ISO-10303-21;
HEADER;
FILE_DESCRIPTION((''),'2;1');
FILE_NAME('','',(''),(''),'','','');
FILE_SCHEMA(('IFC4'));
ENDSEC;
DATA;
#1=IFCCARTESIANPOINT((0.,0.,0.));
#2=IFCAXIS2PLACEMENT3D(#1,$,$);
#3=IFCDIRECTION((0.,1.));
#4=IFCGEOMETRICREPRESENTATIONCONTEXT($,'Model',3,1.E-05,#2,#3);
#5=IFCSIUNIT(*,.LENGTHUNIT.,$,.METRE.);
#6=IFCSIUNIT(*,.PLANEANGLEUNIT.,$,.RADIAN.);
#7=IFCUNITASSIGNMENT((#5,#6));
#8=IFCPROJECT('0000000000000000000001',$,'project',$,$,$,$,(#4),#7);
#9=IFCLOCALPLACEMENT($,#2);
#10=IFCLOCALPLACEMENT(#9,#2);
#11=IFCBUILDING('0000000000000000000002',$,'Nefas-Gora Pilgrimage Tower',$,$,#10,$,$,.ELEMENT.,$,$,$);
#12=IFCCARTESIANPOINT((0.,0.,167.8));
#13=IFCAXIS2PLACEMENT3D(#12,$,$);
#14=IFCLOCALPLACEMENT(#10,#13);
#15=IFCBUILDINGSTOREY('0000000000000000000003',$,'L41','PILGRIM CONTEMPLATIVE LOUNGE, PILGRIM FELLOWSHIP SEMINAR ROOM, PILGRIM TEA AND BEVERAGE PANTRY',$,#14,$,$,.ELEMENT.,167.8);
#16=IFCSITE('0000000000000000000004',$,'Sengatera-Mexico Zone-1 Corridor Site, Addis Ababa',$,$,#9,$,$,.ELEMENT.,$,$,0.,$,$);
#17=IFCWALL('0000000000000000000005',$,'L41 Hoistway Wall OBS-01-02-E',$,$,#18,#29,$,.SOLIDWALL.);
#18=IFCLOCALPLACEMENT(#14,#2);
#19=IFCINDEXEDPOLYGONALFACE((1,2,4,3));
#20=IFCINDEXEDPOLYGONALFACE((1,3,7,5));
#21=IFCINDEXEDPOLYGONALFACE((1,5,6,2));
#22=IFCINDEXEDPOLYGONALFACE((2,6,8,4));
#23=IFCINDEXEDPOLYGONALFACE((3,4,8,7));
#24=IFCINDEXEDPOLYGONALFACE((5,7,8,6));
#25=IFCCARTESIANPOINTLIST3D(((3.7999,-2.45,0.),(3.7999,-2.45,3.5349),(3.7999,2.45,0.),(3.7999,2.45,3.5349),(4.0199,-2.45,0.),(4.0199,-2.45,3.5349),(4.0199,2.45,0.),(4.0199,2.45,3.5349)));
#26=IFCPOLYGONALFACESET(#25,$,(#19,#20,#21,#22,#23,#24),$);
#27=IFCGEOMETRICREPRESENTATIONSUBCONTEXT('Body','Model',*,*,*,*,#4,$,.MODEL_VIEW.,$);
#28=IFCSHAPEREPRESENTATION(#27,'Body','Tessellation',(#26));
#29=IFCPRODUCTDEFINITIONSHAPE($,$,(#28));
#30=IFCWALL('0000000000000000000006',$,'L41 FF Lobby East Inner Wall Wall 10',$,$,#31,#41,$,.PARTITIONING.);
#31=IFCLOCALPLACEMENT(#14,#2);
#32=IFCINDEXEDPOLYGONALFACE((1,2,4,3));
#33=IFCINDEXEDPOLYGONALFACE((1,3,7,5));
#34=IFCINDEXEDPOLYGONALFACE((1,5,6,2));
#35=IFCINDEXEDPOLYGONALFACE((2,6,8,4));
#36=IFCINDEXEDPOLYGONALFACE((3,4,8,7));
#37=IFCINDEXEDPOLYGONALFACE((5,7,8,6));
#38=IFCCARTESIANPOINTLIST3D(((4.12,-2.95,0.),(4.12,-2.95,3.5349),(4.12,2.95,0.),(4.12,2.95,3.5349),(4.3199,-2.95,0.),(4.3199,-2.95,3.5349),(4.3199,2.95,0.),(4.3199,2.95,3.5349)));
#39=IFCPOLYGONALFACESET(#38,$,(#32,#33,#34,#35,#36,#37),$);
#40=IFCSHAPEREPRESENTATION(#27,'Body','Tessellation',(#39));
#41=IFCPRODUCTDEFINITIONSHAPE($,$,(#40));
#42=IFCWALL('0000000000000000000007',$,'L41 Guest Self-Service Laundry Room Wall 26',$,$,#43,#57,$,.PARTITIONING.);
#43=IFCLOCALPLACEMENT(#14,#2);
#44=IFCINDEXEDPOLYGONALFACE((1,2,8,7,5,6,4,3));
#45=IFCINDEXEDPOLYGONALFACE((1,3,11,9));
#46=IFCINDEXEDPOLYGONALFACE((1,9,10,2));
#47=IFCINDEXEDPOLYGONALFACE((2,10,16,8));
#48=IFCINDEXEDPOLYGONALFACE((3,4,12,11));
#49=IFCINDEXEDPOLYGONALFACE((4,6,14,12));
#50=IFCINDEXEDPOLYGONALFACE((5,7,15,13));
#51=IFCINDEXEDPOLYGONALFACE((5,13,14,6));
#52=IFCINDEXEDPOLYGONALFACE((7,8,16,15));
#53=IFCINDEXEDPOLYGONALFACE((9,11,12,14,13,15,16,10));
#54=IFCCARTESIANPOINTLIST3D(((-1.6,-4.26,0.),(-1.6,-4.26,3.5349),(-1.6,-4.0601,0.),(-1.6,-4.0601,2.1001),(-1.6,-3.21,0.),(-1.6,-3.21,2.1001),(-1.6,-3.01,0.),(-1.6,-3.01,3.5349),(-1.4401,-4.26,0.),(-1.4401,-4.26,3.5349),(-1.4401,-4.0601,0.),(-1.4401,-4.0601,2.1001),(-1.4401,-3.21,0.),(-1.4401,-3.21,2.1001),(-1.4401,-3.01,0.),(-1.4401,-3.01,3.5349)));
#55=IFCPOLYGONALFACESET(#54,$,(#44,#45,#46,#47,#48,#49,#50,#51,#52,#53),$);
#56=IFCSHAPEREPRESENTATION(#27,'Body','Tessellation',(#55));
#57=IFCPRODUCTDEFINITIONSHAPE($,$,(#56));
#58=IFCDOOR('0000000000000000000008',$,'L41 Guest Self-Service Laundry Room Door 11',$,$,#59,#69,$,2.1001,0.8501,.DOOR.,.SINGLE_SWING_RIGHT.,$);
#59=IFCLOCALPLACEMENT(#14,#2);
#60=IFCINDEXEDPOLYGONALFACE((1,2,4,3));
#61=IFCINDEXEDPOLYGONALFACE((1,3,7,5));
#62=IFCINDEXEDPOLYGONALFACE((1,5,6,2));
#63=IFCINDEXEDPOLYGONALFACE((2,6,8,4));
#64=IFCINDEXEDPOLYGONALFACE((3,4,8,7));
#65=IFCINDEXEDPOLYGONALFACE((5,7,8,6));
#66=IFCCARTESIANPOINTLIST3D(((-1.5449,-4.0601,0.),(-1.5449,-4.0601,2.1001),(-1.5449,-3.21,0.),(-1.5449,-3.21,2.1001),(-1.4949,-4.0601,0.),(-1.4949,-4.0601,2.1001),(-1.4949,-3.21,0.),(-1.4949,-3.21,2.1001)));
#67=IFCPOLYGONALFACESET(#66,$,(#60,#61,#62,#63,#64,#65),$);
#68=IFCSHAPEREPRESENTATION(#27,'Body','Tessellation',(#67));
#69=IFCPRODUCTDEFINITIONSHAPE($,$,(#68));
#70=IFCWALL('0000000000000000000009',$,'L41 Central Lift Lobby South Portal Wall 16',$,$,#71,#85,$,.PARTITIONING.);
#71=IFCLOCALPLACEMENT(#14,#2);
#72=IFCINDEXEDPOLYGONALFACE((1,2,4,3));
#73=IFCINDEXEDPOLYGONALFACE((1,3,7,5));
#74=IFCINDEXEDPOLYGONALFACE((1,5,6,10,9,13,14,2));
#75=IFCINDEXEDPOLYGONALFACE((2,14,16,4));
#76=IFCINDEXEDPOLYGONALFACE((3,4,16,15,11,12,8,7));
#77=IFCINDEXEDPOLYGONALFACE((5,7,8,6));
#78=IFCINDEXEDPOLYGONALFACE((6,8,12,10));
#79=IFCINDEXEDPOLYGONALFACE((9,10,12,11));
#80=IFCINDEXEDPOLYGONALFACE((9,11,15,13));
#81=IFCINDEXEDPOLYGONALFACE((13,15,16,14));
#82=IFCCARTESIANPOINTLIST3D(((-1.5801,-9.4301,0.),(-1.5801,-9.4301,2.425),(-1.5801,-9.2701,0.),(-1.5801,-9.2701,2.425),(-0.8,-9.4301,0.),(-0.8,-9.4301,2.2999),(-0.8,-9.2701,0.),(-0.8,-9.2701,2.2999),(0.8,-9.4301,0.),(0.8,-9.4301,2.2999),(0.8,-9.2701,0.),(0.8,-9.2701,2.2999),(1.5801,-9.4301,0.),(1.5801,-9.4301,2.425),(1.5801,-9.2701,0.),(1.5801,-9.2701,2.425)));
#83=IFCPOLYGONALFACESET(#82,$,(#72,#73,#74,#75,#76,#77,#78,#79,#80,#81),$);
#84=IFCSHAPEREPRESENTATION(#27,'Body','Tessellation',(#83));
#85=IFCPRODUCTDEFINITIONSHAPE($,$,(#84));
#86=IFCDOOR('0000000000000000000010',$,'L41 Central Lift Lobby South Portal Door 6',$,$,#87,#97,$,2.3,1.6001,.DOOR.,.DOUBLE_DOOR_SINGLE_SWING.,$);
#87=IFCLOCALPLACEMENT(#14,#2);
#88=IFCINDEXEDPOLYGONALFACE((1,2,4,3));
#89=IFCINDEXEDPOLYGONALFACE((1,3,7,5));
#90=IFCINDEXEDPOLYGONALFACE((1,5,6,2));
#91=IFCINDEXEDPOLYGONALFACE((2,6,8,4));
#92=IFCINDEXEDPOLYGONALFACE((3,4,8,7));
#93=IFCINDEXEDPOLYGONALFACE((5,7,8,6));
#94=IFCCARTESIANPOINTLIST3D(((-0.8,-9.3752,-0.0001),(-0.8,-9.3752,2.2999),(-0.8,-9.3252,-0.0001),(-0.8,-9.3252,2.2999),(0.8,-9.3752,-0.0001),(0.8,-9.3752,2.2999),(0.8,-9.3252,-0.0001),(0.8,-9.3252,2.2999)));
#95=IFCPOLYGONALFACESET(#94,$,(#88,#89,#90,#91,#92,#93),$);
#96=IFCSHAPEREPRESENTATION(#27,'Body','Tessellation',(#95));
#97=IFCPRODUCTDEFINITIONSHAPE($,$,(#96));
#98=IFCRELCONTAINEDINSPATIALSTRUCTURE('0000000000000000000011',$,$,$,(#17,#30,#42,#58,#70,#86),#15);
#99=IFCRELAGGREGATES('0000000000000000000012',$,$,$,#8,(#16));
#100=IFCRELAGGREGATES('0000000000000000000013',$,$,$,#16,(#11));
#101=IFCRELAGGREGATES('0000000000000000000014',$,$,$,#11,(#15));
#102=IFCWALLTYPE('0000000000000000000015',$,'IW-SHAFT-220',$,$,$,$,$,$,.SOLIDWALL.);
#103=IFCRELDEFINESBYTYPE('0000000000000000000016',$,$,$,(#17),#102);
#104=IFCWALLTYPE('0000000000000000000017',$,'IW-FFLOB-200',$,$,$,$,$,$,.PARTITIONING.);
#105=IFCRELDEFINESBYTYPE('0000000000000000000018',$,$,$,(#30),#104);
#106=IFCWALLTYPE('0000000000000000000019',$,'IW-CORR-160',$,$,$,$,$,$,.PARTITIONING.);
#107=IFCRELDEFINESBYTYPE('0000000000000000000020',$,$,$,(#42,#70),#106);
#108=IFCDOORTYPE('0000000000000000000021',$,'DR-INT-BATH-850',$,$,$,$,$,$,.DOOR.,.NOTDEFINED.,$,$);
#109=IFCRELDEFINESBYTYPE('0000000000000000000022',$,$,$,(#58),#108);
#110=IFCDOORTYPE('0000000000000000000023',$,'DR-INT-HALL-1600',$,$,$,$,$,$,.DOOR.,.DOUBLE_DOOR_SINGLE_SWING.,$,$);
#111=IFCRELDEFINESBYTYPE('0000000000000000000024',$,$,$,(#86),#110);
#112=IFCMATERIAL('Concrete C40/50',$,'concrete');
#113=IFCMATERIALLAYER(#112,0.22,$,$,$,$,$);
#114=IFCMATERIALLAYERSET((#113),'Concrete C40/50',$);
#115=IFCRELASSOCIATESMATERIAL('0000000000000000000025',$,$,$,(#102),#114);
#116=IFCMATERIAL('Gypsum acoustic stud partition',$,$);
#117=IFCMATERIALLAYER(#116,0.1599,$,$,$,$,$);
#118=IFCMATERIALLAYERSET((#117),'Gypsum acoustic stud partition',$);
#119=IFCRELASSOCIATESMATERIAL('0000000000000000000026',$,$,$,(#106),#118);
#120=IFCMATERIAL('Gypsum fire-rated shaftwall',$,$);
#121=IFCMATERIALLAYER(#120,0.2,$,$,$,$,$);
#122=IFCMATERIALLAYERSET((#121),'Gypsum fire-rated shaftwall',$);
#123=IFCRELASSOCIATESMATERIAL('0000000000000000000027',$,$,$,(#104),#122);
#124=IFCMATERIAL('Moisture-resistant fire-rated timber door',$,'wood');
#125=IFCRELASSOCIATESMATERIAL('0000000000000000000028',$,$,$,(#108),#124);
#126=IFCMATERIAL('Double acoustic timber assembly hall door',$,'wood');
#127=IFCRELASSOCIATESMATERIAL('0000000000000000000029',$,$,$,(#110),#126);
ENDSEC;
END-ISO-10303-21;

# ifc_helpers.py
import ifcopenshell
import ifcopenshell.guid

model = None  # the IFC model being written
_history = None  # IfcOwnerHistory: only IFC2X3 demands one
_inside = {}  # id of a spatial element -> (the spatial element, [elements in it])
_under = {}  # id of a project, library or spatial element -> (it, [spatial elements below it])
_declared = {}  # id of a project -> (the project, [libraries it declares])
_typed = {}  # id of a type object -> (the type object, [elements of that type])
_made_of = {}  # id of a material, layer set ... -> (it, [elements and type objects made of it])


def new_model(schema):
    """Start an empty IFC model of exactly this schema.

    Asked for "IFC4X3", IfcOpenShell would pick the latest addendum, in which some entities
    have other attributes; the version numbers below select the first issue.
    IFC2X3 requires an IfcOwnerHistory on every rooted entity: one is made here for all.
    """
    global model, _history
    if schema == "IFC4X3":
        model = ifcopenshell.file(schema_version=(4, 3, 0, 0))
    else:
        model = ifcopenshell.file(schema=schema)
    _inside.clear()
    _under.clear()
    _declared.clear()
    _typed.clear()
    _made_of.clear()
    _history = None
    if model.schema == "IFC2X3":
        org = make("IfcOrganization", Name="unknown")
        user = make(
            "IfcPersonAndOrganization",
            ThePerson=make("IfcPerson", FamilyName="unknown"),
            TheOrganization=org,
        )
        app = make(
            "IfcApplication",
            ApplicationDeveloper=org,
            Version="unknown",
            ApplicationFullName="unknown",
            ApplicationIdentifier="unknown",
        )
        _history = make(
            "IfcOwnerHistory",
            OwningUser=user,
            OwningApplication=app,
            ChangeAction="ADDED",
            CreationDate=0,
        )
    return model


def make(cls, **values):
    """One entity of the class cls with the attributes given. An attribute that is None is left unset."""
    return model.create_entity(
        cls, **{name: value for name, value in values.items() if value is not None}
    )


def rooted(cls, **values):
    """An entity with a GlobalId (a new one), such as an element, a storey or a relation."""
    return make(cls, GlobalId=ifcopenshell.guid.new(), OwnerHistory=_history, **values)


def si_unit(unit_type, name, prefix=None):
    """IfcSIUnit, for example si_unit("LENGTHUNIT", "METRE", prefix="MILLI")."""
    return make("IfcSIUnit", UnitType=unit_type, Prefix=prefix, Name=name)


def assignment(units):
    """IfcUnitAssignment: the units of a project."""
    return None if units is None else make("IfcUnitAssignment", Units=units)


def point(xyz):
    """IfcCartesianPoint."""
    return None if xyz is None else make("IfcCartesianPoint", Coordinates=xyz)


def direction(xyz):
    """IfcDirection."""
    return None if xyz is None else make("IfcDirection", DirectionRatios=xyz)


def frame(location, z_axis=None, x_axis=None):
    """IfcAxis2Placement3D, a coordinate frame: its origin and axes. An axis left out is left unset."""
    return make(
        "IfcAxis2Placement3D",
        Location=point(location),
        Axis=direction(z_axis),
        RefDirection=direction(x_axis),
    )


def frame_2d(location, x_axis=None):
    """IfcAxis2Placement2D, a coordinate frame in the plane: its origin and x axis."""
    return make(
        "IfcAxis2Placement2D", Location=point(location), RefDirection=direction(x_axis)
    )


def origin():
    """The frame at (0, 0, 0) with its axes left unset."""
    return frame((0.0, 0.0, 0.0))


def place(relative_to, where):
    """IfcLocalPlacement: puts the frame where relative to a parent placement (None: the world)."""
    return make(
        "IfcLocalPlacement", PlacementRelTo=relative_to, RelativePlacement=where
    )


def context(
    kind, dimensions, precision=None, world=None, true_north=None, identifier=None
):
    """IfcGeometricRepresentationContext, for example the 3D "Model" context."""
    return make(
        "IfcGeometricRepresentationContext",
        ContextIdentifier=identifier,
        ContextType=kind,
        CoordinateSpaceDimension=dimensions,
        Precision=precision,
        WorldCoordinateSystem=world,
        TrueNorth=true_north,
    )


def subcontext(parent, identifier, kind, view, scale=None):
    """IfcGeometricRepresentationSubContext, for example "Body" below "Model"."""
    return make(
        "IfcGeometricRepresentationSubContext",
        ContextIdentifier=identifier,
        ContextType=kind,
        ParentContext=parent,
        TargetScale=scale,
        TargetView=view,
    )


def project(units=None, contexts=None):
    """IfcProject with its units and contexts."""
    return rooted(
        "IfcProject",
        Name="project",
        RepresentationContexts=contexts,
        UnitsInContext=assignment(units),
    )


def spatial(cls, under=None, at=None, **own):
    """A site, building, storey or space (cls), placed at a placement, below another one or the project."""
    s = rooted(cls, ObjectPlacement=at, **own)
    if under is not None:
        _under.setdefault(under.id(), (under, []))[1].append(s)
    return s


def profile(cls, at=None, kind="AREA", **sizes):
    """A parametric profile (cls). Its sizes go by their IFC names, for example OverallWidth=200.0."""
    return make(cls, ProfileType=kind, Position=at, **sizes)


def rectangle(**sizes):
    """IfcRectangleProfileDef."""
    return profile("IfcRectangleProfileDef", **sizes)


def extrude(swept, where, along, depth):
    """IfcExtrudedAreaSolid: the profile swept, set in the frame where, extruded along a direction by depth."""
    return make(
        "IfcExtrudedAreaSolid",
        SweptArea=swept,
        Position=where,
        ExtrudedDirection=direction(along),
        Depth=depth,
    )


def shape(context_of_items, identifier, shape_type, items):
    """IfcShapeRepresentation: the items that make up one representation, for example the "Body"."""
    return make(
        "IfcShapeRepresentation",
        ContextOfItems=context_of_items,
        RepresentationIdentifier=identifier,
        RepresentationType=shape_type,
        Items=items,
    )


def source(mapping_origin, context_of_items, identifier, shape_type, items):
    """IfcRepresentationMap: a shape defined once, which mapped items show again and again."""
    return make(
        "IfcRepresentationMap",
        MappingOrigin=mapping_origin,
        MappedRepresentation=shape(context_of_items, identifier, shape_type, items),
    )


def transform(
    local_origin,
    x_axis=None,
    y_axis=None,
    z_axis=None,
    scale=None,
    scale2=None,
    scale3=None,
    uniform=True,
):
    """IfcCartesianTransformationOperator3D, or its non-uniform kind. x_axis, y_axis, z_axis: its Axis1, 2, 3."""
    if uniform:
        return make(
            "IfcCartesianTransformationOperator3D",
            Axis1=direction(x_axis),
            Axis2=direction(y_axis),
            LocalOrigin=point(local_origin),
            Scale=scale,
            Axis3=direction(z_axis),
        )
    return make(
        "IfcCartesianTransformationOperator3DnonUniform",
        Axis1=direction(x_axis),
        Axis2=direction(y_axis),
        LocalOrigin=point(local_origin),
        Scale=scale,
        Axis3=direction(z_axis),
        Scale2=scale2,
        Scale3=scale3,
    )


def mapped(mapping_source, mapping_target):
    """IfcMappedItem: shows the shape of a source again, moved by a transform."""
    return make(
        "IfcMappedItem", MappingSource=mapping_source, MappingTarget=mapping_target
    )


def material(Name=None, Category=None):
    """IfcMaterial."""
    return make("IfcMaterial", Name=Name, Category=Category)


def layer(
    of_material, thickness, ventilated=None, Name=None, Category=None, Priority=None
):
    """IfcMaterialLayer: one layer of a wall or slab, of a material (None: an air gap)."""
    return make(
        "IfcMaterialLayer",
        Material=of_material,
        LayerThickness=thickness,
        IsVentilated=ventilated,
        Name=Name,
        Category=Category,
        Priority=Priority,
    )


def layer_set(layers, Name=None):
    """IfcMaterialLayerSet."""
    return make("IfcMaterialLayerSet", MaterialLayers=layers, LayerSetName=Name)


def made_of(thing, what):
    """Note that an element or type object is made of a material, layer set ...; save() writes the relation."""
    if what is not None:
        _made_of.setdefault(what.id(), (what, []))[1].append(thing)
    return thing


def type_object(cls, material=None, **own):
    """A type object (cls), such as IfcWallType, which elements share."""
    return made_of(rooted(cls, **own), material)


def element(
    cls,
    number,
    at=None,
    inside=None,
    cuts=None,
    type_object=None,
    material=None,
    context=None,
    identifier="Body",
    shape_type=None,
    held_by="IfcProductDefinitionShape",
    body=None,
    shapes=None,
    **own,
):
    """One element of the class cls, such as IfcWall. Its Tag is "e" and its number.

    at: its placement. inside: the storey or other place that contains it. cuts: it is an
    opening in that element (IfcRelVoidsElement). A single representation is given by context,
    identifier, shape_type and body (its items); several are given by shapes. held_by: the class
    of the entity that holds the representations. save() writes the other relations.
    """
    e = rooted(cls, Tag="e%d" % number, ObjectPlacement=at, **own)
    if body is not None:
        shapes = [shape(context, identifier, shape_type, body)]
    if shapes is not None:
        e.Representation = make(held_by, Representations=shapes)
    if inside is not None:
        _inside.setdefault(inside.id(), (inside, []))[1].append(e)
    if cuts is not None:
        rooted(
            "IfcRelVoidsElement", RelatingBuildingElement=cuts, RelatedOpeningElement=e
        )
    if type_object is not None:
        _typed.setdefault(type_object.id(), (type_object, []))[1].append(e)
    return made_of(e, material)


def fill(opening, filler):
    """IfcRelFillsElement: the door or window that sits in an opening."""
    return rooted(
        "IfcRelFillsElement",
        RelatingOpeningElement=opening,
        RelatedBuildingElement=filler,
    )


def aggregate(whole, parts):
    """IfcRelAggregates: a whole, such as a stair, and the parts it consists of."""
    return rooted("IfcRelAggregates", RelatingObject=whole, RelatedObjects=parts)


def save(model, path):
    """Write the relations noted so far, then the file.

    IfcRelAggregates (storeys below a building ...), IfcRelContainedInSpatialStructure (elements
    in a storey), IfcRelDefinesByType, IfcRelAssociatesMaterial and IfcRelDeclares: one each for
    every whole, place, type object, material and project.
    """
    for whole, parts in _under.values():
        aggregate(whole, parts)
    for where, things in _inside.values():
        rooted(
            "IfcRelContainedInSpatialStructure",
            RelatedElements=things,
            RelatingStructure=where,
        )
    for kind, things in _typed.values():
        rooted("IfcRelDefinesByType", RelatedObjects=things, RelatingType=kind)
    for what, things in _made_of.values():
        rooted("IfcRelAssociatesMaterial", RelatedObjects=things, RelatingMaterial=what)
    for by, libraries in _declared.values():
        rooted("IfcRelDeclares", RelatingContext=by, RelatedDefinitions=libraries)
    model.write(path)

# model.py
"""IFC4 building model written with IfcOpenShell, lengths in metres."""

from ifc_helpers import new_model, si_unit, direction, frame, frame_2d, origin, place, context, subcontext, project, spatial, rectangle, extrude, source, transform, mapped, material, layer, layer_set, type_object, element, fill, save


model = new_model("IFC4")

# Units and contexts
model_context = context("Model", 3, precision=1e-05, world=origin(), true_north=direction((0.0, 1.0)))
body_context = subcontext(model_context, "Body", "Model", "MODEL_VIEW")
ifc_project = project(units=[si_unit("LENGTHUNIT", "METRE"), si_unit("PLANEANGLEUNIT", "RADIAN")], contexts=[model_context])

# Site, building, storey
site_placement = place(None, origin())
site = spatial("IfcSite", under=ifc_project, at=site_placement, Name="Sengatera-Mexico Zone-1 Corridor Site, Addis Ababa", CompositionType="ELEMENT", RefElevation=0.0)
building_placement = place(site_placement, origin())
building = spatial("IfcBuilding", under=site, at=building_placement, Name="Nefas-Gora Pilgrimage Tower", CompositionType="ELEMENT")
storey_placement = place(building_placement, frame((0.0, 0.0, 167.8)))
storey = spatial("IfcBuildingStorey", under=building, at=storey_placement, Name="L41", Description="PILGRIM CONTEMPLATIVE LOUNGE, PILGRIM FELLOWSHIP SEMINAR ROOM, PILGRIM TEA AND BEVERAGE PANTRY", CompositionType="ELEMENT", Elevation=167.8)

# Shared definitions
ifc_material_1 = material(Name="Concrete C40/50", Category="concrete")
ifc_layer_1 = layer(ifc_material_1, 0.22)
ifc_layer_set_1 = layer_set([ifc_layer_1], Name="Concrete C40/50")
wall_type_1 = type_object("IfcWallType", Name="IW-SHAFT-220", PredefinedType="SOLIDWALL", material=ifc_layer_set_1)

# Walls
ifc_material_2 = material(Name="Gypsum acoustic stud partition")
ifc_layer_2 = layer(ifc_material_2, 0.1599)
ifc_layer_set_2 = layer_set([ifc_layer_2], Name="Gypsum acoustic stud partition")
wall_type_2 = type_object("IfcWallType", Name="IW-CORR-160", PredefinedType="PARTITIONING", material=ifc_layer_set_2)
shared_shape_1 = source(origin(), body_context, "Body", "SweptSolid", [
    extrude(rectangle(XDim=4.8999, YDim=0.22, at=frame_2d((2.45, 0.0))), origin(), (0.0, 0.0, 1.0), 3.5349),
])
wall_1_placement = place(storey_placement, frame((3.9099, -2.45, 0.0), z_axis=(0.0, 0.0, 1.0), x_axis=(0.0, 1.0, 0.0)))
element("IfcWall", 1, at=wall_1_placement, inside=storey, type_object=wall_type_1, Name="L41 Hoistway Wall OBS-01-02-E", PredefinedType="SOLIDWALL", context=body_context, shape_type="MappedRepresentation", body=[
    mapped(shared_shape_1, transform((0.0, 0.0, 0.0), x_axis=(1.0, 0.0, 0.0), y_axis=(0.0, 1.0, 0.0), z_axis=(0.0, 0.0, 1.0), scale=1.0)),
])
ifc_material_3 = material(Name="Gypsum fire-rated shaftwall")
ifc_layer_3 = layer(ifc_material_3, 0.2)
ifc_layer_set_3 = layer_set([ifc_layer_3], Name="Gypsum fire-rated shaftwall")
wall_type_3 = type_object("IfcWallType", Name="IW-FFLOB-200", PredefinedType="PARTITIONING", material=ifc_layer_set_3)
shared_shape_2 = source(origin(), body_context, "Body", "SweptSolid", [
    extrude(rectangle(XDim=5.8999, YDim=0.2, at=frame_2d((2.95, 0.0))), origin(), (0.0, 0.0, 1.0), 3.5349),
])
wall_2_placement = place(storey_placement, frame((4.22, -2.95, 0.0), z_axis=(0.0, 0.0, 1.0), x_axis=(0.0, 1.0, 0.0)))
element("IfcWall", 2, at=wall_2_placement, inside=storey, type_object=wall_type_3, Name="L41 FF Lobby East Inner Wall Wall 10", PredefinedType="PARTITIONING", context=body_context, shape_type="MappedRepresentation", body=[
    mapped(shared_shape_2, transform((0.0, 0.0, 0.0), x_axis=(1.0, 0.0, 0.0), y_axis=(0.0, 1.0, 0.0), z_axis=(0.0, 0.0, 1.0), scale=1.0)),
])

# Walls, openings, doors
shared_shape_3 = source(origin(), body_context, "Body", "SweptSolid", [
    extrude(rectangle(XDim=1.25, YDim=0.1599, at=frame_2d((0.625, 0.0))), origin(), (0.0, 0.0, 1.0), 3.5349),
])
wall_3_placement = place(storey_placement, frame((-1.52, -4.26, 0.0), z_axis=(0.0, 0.0, 1.0), x_axis=(0.0, 1.0, 0.0)))
wall_3 = element("IfcWall", 3, at=wall_3_placement, inside=storey, type_object=wall_type_2, Name="L41 Guest Self-Service Laundry Room Wall 26", PredefinedType="PARTITIONING", context=body_context, shape_type="MappedRepresentation", body=[
    mapped(shared_shape_3, transform((0.0, 0.0, 0.0), x_axis=(1.0, 0.0, 0.0), y_axis=(0.0, 1.0, 0.0), z_axis=(0.0, 0.0, 1.0), scale=1.0)),
])
opening_1_placement = place(wall_3_placement, frame((0.2, 0.0, 0.0)))
opening_1 = element("IfcOpeningElement", 4, at=opening_1_placement, cuts=wall_3, PredefinedType="OPENING", context=body_context, shape_type="SweptSolid", body=[
    extrude(rectangle(XDim=0.8501, YDim=2.1001, at=frame_2d((0.425, 1.05))), frame((0.0, 0.0898, 0.0), z_axis=(0.0, -1.0, 0.0), x_axis=(1.0, 0.0, 0.0)), (0.0, 0.0, 1.0), 0.1799),
])
ifc_material_4 = material(Name="Moisture-resistant fire-rated timber door", Category="wood")
door_type_1 = type_object("IfcDoorType", Name="DR-INT-BATH-850", OperationType="NOTDEFINED", PredefinedType="DOOR", material=ifc_material_4)
shared_shape_4 = source(origin(), body_context, "Body", "SweptSolid", [
    extrude(rectangle(XDim=0.8501, YDim=2.1001, at=frame_2d((0.425, 1.05))), frame((0.0, 0.0249, 0.0), z_axis=(0.0, -1.0, 0.0), x_axis=(1.0, 0.0, 0.0)), (0.0, 0.0, 1.0), 0.05),
])
door_1_placement = place(opening_1_placement, origin())
door_1 = element("IfcDoor", 5, at=door_1_placement, inside=storey, type_object=door_type_1, Name="L41 Guest Self-Service Laundry Room Door 11", OperationType="SINGLE_SWING_RIGHT", OverallHeight=2.1001, OverallWidth=0.8501, PredefinedType="DOOR", context=body_context, shape_type="MappedRepresentation", body=[
    mapped(shared_shape_4, transform((0.0, 0.0, 0.0), x_axis=(1.0, 0.0, 0.0), y_axis=(0.0, 1.0, 0.0), z_axis=(0.0, 0.0, 1.0), scale=1.0)),
])
fill(opening_1, door_1)
shared_shape_5 = source(origin(), body_context, "Body", "SweptSolid", [
    extrude(rectangle(XDim=3.1602, YDim=0.1599, at=frame_2d((1.5801, 0.0))), origin(), (0.0, 0.0, 1.0), 2.425),
])
wall_4_placement = place(storey_placement, frame((-1.5801, -9.3501, 0.0), z_axis=(0.0, 0.0, 1.0), x_axis=(1.0, 0.0, 0.0)))
wall_4 = element("IfcWall", 6, at=wall_4_placement, inside=storey, type_object=wall_type_2, Name="L41 Central Lift Lobby South Portal Wall 16", PredefinedType="PARTITIONING", context=body_context, shape_type="MappedRepresentation", body=[
    mapped(shared_shape_5, transform((0.0, 0.0, 0.0), x_axis=(1.0, 0.0, 0.0), y_axis=(0.0, 1.0, 0.0), z_axis=(0.0, 0.0, 1.0), scale=1.0)),
])
opening_2_placement = place(wall_4_placement, frame((0.78, 0.0, 0.0)))
opening_2 = element("IfcOpeningElement", 7, at=opening_2_placement, cuts=wall_4, PredefinedType="OPENING", context=body_context, shape_type="SweptSolid", body=[
    extrude(rectangle(XDim=1.6001, YDim=2.3, at=frame_2d((0.8, 1.1499))), frame((0.0, 0.0898, 0.0), z_axis=(0.0, -1.0, 0.0), x_axis=(1.0, 0.0, 0.0)), (0.0, 0.0, 1.0), 0.1799),
])
ifc_material_5 = material(Name="Double acoustic timber assembly hall door", Category="wood")
door_type_2 = type_object("IfcDoorType", Name="DR-INT-HALL-1600", OperationType="DOUBLE_DOOR_SINGLE_SWING", PredefinedType="DOOR", material=ifc_material_5)
shared_shape_6 = source(origin(), body_context, "Body", "SweptSolid", [
    extrude(rectangle(XDim=1.6001, YDim=2.3, at=frame_2d((0.8, 1.1499))), frame((0.0, 0.0249, 0.0), z_axis=(0.0, -1.0, 0.0), x_axis=(1.0, 0.0, 0.0)), (0.0, 0.0, 1.0), 0.05),
])
door_2_placement = place(opening_2_placement, origin())
door_2 = element("IfcDoor", 8, at=door_2_placement, inside=storey, type_object=door_type_2, Name="L41 Central Lift Lobby South Portal Door 6", OperationType="DOUBLE_DOOR_SINGLE_SWING", OverallHeight=2.3, OverallWidth=1.6001, PredefinedType="DOOR", context=body_context, shape_type="MappedRepresentation", body=[
    mapped(shared_shape_6, transform((0.0, 0.0, 0.0), x_axis=(1.0, 0.0, 0.0), y_axis=(0.0, 1.0, 0.0), z_axis=(0.0, 0.0, 1.0), scale=1.0)),
])
fill(opening_2, door_2)

save(model, "model.ifc")
